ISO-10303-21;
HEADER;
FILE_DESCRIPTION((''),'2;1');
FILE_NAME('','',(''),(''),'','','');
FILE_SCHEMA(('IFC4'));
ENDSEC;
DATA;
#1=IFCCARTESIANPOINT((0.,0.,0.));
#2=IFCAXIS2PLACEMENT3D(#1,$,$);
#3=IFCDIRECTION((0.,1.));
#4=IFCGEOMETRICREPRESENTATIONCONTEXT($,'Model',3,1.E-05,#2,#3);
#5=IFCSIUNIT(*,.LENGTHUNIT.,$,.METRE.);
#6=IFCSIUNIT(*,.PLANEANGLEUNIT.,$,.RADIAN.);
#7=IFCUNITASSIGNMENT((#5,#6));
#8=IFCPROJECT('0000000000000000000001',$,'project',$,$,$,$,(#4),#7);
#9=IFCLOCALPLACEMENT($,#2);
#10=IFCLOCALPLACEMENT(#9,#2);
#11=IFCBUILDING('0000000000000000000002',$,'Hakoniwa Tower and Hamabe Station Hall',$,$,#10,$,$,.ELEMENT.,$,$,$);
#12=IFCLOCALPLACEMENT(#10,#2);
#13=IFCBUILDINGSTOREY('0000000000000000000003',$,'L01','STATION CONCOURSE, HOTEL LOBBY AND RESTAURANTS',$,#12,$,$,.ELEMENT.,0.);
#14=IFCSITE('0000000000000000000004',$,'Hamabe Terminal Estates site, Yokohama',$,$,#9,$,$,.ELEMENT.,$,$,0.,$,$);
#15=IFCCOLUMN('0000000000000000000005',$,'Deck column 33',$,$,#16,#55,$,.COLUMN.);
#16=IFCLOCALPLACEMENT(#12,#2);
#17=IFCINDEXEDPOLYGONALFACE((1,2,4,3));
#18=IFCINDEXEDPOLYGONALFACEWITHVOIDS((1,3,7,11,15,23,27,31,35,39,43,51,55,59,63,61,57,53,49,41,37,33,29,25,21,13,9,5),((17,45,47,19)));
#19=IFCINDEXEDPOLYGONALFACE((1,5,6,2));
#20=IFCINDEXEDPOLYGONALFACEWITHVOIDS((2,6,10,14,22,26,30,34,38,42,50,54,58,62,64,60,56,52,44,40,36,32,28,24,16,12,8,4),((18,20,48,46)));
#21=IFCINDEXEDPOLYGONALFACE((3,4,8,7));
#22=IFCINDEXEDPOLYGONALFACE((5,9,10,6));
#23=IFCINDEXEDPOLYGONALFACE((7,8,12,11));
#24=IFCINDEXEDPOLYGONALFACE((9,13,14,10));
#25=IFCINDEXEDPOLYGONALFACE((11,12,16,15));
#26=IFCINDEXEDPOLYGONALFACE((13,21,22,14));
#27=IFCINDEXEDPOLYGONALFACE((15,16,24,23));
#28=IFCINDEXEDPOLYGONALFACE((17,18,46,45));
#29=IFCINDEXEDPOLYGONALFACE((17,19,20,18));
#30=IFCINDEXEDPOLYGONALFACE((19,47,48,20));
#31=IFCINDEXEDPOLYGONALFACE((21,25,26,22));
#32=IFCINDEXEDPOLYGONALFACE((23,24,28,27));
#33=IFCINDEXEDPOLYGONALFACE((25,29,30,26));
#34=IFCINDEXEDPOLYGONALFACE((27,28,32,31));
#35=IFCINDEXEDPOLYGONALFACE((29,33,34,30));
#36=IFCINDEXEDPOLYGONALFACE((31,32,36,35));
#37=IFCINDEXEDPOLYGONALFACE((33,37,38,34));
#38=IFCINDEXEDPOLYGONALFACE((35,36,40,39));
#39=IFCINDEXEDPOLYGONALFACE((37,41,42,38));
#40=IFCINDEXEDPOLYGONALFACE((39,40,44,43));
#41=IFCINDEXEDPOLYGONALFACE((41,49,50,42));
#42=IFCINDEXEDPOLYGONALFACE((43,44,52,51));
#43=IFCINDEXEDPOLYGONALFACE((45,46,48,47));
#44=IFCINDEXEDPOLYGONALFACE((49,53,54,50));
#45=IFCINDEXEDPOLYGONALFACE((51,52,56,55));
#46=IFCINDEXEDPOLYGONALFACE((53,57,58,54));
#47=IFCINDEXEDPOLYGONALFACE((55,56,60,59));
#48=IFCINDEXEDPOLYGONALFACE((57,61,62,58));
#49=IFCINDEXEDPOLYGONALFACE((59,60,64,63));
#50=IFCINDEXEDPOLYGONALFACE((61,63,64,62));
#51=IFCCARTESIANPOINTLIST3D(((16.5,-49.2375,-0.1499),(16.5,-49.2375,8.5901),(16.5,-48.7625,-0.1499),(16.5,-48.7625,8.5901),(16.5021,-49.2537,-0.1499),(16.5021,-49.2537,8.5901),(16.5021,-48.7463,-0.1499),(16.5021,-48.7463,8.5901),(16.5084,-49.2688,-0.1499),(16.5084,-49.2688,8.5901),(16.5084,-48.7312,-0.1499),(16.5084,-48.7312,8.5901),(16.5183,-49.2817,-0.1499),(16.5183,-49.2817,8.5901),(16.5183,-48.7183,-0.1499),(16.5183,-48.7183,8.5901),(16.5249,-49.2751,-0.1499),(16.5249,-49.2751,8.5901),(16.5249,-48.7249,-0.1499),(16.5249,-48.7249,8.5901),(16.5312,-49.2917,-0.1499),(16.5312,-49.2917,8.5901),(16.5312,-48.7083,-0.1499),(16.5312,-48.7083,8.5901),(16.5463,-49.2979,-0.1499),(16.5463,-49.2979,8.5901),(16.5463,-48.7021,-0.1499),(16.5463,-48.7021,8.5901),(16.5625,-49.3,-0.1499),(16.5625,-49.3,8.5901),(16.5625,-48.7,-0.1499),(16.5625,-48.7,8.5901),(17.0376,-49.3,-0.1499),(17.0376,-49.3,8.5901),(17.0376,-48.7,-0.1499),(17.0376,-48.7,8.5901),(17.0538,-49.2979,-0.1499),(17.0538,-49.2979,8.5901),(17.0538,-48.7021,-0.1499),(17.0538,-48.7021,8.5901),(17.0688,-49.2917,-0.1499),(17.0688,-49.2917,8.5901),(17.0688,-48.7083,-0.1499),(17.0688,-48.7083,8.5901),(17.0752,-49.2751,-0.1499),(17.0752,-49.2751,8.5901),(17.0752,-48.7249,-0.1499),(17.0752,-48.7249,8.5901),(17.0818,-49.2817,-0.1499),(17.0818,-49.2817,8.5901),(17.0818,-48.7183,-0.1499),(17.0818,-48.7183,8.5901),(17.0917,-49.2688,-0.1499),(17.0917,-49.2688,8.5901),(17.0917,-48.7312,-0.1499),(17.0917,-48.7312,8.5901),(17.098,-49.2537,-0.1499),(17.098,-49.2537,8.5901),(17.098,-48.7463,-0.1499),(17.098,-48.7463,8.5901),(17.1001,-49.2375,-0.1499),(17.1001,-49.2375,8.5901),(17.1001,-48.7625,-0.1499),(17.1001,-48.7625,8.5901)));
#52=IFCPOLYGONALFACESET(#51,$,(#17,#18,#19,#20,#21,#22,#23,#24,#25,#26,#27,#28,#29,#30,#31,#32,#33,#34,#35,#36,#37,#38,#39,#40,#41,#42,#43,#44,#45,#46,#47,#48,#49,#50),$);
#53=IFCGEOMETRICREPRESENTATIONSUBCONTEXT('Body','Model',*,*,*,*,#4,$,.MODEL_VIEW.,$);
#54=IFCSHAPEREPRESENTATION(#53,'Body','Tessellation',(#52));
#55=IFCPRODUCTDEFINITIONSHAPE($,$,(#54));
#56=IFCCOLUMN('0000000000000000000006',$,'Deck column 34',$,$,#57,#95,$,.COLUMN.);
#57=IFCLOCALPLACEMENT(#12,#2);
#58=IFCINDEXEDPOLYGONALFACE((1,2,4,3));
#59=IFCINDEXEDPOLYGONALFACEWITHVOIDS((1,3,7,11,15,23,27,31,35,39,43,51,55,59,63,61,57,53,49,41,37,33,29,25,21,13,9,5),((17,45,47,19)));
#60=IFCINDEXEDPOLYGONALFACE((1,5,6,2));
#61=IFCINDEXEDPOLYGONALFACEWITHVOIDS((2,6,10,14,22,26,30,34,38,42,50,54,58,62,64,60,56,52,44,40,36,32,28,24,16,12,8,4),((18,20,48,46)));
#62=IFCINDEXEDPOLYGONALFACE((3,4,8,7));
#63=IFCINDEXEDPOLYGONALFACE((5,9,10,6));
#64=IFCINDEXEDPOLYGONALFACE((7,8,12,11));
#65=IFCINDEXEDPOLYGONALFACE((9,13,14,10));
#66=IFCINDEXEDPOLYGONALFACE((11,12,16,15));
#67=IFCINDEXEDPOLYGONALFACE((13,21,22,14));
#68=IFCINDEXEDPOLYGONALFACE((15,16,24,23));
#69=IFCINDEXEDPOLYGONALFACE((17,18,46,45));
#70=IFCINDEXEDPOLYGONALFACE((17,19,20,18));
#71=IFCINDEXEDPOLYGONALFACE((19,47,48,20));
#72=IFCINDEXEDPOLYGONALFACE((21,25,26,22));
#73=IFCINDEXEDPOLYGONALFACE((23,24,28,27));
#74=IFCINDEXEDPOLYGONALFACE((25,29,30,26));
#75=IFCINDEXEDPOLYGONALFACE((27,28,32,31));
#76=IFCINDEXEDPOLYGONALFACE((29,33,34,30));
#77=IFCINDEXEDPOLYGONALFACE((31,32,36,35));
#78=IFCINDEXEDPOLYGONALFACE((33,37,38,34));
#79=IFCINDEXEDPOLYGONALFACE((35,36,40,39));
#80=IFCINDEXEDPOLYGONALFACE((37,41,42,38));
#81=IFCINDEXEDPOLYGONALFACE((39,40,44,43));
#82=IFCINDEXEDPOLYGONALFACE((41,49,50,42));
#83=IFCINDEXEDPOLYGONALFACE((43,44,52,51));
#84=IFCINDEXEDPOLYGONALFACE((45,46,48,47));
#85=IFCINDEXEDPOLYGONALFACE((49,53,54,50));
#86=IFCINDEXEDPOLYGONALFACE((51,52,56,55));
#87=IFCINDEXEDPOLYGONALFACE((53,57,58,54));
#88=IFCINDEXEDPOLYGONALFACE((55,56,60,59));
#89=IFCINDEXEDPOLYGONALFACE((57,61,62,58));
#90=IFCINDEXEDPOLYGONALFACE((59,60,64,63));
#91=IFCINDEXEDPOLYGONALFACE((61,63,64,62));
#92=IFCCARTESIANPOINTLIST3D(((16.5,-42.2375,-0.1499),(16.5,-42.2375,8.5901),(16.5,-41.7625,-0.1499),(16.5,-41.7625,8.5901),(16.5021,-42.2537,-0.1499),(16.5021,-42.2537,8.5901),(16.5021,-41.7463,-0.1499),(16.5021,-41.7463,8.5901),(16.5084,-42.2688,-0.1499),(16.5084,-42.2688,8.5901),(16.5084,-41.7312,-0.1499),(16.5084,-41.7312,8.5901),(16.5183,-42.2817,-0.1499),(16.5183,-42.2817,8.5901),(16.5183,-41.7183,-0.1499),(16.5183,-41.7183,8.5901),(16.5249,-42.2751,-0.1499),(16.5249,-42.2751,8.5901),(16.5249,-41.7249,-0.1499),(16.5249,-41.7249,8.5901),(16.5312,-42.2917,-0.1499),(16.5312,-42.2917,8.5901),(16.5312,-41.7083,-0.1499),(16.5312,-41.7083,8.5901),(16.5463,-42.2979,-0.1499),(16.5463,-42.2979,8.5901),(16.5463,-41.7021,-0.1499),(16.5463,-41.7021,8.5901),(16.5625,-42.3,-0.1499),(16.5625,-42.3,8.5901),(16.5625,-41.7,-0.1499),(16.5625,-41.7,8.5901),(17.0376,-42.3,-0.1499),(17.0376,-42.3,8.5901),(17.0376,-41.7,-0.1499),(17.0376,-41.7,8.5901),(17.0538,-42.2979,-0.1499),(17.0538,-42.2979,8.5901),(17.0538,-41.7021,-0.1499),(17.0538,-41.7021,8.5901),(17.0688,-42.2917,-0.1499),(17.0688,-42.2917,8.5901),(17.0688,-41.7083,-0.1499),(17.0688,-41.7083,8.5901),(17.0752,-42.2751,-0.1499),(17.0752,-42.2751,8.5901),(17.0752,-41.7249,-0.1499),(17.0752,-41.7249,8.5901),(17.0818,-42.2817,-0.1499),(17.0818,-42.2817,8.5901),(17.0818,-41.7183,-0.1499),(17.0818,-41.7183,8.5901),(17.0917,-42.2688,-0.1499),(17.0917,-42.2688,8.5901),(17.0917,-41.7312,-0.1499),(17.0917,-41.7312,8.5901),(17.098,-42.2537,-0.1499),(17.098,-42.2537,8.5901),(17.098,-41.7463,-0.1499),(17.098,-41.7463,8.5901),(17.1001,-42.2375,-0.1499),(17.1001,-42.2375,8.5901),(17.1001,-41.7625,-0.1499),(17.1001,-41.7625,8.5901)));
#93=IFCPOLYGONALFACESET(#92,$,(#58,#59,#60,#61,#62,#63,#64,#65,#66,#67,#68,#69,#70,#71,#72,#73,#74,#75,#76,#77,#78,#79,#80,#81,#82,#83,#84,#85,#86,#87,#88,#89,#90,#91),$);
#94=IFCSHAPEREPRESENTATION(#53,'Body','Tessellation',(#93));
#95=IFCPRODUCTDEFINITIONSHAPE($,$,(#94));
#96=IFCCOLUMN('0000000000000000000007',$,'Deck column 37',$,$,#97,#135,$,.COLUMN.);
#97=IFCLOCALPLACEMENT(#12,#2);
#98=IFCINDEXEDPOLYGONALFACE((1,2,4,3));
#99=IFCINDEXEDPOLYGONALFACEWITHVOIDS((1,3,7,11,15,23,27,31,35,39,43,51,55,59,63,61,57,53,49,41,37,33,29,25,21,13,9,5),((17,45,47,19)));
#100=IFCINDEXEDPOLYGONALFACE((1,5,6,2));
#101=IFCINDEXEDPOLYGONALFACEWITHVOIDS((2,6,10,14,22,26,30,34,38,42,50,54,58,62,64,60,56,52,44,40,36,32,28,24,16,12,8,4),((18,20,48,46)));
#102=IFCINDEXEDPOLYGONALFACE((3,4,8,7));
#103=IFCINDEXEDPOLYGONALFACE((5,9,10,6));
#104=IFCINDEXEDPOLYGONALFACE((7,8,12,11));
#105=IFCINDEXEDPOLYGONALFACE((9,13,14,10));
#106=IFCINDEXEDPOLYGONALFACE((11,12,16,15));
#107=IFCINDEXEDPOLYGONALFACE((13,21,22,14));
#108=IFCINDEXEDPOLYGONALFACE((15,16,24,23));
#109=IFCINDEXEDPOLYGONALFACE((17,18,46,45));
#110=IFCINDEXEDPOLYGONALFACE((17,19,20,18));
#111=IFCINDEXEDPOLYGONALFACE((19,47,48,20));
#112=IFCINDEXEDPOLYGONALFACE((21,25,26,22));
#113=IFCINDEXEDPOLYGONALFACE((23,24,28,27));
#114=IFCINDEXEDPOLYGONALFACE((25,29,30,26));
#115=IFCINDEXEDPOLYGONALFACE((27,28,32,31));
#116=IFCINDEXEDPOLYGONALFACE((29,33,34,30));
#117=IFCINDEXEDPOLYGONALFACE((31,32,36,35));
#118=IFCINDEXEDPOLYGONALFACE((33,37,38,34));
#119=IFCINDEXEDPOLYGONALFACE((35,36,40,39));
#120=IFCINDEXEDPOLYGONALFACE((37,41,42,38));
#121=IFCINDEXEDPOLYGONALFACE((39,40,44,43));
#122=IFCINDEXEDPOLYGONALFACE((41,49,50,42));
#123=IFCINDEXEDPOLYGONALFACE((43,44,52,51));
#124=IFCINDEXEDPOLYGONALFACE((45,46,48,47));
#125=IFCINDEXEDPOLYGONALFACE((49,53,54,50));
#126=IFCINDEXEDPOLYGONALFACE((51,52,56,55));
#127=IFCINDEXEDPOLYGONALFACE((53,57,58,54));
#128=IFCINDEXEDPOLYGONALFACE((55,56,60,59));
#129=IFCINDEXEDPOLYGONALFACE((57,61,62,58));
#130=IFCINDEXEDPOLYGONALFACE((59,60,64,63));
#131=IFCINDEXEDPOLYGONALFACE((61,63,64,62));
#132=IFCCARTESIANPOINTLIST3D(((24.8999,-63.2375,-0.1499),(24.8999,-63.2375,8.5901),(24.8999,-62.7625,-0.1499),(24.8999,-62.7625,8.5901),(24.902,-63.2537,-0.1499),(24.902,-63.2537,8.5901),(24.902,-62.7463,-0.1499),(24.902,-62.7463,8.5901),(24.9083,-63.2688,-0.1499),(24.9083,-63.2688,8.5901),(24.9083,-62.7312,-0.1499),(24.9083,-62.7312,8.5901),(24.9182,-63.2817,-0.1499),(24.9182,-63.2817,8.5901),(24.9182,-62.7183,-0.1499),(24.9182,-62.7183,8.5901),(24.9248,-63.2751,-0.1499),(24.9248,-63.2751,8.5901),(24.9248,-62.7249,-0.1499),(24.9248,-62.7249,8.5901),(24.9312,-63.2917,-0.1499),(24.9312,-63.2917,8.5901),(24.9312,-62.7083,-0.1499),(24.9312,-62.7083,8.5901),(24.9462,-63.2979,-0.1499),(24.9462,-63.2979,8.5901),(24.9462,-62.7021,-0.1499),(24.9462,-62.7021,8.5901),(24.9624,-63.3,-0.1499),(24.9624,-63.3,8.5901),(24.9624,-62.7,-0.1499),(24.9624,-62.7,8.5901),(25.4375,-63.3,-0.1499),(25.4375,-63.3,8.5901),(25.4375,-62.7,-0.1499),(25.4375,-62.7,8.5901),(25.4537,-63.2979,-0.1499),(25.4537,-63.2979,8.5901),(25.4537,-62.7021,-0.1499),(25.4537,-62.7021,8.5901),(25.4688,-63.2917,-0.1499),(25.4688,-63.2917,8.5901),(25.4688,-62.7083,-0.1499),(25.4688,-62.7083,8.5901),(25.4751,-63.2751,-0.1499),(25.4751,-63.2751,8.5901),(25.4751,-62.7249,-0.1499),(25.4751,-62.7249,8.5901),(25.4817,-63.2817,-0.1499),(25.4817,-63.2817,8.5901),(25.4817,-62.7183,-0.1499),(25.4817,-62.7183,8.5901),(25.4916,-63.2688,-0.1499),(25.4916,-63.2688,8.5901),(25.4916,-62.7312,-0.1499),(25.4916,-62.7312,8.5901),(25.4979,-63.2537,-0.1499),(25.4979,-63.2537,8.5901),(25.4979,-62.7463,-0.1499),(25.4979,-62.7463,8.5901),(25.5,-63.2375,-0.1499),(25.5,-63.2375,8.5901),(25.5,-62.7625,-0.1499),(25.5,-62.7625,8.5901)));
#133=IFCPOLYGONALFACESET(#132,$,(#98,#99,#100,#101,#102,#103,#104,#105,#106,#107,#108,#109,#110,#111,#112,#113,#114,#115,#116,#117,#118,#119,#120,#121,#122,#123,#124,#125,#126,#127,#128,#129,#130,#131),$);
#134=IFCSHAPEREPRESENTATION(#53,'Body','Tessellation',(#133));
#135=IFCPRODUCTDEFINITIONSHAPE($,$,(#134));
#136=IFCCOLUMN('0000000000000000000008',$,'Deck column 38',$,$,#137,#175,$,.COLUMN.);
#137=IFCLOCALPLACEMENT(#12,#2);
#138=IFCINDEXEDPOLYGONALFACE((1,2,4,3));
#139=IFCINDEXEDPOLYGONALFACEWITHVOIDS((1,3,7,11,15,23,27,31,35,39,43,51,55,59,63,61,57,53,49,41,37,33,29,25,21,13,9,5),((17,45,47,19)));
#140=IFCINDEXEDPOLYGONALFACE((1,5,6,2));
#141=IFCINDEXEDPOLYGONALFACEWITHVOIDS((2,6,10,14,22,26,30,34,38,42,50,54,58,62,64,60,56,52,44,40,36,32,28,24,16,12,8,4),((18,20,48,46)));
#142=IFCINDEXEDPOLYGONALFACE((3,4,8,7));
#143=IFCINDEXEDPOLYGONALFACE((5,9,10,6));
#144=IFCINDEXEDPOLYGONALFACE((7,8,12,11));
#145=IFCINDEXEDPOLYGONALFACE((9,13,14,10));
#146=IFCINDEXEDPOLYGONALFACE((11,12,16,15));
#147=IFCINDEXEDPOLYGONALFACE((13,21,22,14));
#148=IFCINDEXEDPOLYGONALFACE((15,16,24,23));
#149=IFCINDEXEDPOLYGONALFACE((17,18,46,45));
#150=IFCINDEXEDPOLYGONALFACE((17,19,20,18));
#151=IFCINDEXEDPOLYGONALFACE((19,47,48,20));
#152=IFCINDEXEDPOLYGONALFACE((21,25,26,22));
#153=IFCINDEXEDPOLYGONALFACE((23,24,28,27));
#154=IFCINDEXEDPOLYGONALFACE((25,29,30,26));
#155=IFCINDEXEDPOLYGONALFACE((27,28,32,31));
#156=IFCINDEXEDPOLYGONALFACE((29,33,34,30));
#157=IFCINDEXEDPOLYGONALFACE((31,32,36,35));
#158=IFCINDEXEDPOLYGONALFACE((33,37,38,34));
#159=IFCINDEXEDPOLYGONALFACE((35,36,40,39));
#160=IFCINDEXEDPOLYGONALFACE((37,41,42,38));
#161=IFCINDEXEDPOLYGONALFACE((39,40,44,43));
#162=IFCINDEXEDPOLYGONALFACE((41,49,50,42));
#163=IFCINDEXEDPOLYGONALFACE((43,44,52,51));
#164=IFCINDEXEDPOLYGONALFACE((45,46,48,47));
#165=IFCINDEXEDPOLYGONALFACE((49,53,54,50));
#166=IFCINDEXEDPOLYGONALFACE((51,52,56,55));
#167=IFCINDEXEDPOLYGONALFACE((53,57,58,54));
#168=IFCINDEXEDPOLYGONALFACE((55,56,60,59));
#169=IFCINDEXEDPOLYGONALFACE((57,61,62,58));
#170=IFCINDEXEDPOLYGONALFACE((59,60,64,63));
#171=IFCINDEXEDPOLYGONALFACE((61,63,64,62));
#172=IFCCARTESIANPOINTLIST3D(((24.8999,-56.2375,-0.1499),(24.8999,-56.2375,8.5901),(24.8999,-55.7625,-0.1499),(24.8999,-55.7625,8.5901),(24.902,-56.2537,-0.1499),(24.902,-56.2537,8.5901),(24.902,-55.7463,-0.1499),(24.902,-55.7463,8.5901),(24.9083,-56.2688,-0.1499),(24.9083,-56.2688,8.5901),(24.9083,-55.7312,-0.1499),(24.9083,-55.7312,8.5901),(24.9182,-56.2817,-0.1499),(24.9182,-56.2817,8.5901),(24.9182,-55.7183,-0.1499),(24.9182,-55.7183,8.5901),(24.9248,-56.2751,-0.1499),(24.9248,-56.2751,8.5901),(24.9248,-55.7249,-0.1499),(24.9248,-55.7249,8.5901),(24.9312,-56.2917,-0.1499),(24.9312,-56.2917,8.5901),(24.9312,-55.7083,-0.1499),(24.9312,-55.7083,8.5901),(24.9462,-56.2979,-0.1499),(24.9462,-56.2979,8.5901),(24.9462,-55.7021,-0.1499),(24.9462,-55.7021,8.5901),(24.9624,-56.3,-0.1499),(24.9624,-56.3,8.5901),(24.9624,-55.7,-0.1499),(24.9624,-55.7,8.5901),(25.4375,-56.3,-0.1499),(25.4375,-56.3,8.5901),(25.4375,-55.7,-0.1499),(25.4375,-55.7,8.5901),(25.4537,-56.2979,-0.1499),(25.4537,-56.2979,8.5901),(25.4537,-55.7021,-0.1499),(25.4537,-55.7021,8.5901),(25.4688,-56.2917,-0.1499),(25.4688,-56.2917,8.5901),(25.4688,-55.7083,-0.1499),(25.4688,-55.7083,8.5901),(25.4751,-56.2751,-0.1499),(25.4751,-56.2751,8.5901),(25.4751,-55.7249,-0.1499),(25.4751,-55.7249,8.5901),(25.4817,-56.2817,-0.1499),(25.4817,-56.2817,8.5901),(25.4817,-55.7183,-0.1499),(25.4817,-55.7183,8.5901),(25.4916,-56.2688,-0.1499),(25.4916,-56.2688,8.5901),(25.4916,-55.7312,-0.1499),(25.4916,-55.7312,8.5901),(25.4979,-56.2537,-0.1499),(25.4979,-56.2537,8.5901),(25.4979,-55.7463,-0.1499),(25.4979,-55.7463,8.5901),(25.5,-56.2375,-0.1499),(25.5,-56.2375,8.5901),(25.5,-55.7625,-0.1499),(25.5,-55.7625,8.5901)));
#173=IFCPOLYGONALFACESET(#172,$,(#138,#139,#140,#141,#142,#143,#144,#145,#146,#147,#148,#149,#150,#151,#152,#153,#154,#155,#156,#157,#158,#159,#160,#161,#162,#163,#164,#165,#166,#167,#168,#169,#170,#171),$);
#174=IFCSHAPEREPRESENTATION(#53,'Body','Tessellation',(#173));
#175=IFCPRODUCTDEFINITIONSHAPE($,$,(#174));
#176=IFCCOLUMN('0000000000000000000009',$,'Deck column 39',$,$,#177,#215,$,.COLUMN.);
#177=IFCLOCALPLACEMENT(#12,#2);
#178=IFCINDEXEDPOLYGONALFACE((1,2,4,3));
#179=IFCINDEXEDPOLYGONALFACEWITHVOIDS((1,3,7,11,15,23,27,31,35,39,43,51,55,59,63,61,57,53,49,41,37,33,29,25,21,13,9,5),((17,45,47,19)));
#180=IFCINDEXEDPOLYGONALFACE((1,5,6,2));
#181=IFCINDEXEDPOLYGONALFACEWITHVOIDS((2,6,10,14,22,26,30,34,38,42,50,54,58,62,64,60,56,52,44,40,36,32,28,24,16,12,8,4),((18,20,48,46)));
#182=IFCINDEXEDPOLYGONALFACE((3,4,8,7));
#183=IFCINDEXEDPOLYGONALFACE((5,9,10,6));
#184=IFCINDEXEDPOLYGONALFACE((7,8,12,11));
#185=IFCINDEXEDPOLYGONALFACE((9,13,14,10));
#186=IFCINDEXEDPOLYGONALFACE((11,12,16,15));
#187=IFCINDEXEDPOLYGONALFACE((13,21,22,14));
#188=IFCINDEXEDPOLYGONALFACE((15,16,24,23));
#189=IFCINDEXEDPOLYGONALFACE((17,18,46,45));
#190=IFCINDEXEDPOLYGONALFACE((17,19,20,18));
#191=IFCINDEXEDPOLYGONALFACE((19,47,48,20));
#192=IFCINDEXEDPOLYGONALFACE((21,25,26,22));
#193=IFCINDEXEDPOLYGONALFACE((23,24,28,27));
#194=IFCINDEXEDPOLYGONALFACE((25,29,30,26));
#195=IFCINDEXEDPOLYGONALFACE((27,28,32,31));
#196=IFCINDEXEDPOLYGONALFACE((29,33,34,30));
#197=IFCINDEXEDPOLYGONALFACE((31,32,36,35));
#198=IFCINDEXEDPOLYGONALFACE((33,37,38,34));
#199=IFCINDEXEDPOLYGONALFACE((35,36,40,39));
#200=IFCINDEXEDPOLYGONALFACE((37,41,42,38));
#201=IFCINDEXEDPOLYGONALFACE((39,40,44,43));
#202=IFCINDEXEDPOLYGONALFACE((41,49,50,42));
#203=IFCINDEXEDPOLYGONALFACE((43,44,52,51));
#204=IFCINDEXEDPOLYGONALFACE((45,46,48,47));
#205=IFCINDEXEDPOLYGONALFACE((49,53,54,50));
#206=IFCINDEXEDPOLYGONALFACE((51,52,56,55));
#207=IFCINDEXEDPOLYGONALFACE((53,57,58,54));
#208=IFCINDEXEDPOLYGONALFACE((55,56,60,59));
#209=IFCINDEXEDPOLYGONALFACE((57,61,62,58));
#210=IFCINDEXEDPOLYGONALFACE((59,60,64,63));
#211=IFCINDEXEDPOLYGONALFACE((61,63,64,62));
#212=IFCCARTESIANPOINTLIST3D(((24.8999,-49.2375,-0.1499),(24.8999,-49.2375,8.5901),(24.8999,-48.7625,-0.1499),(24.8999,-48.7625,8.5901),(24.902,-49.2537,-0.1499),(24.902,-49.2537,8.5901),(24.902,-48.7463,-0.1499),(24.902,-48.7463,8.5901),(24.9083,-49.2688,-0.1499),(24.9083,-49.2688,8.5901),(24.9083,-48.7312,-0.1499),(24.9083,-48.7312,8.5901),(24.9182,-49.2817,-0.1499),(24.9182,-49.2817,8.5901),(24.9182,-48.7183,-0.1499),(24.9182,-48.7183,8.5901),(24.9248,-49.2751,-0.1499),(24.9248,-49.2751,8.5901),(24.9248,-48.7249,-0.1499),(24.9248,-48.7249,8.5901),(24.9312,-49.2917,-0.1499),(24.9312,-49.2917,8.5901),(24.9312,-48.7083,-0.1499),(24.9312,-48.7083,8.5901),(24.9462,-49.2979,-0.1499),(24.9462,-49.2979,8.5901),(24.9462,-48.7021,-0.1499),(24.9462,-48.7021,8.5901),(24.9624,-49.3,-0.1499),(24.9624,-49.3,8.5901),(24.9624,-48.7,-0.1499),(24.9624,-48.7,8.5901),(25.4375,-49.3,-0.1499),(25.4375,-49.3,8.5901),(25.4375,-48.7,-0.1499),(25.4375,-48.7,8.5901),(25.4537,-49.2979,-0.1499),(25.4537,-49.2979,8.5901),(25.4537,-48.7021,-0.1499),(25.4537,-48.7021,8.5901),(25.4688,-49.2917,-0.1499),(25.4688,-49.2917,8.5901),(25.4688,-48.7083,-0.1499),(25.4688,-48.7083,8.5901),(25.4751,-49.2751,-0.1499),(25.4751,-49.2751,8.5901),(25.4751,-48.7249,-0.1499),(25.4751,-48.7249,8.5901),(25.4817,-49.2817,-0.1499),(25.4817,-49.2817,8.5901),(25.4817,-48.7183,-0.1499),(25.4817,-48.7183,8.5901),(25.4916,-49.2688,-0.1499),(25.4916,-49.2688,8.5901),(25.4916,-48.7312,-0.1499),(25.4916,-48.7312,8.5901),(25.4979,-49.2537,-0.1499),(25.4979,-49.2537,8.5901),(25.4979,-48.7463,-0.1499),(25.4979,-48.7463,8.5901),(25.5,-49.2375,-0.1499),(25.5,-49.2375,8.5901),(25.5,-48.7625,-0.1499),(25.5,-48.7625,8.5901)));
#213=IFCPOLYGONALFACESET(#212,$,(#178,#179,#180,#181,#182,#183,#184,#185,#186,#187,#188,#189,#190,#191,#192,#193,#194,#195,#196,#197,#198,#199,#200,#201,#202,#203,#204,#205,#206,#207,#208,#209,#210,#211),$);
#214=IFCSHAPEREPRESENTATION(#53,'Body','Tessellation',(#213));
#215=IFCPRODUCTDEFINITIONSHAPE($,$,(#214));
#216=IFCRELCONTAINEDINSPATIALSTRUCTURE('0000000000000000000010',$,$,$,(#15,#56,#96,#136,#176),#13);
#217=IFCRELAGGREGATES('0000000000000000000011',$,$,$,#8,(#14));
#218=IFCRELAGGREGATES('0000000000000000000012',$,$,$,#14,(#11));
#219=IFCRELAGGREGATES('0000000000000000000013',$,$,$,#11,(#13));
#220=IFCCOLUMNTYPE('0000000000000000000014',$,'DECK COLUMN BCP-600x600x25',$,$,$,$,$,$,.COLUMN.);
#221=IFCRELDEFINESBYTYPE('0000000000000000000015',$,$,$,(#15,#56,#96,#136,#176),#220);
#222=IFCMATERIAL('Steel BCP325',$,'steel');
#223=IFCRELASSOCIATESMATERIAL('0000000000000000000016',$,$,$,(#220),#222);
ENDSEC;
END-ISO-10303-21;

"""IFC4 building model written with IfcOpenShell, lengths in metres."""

from ifc_helpers import new_model, si_unit, direction, frame, origin, origin_2d, place, context, subcontext, project, spatial, hollow_rectangle, extrude, material, material_profile, profile_set, type_object, element, save


model = new_model("IFC4")

# Units and contexts
model_context = context("Model", 3, precision=1e-05, world=origin(), true_north=direction((0.0, 1.0)))
body_context = subcontext(model_context, "Body", "Model", "MODEL_VIEW")
ifc_project = project(units=[si_unit("LENGTHUNIT", "METRE"), si_unit("PLANEANGLEUNIT", "RADIAN")], contexts=[model_context])

# Site, building, storey
site_placement = place(None, origin())
site = spatial("IfcSite", under=ifc_project, at=site_placement, Name="Hamabe Terminal Estates site, Yokohama", CompositionType="ELEMENT", RefElevation=0.0)
building_placement = place(site_placement, origin())
building = spatial("IfcBuilding", under=site, at=building_placement, Name="Hakoniwa Tower and Hamabe Station Hall", CompositionType="ELEMENT")
storey_placement = place(building_placement, origin())
storey = spatial("IfcBuildingStorey", under=building, at=storey_placement, Name="L01", Description="STATION CONCOURSE, HOTEL LOBBY AND RESTAURANTS", CompositionType="ELEMENT", Elevation=0.0)

# Columns
ifc_material_1 = material(Name="Steel BCP325", Category="steel")
ifc_material_profile_1 = material_profile(ifc_material_1, hollow_rectangle(XDim=0.6001, YDim=0.6001, WallThickness=0.0249, OuterFilletRadius=0.0625, at=origin_2d()), Name="DECK COLUMN BCP-600x600x25")
ifc_profile_set_1 = profile_set([ifc_material_profile_1], Name="Steel BCP325")
column_type = type_object("IfcColumnType", Name="DECK COLUMN BCP-600x600x25", PredefinedType="COLUMN", material=ifc_profile_set_1)
for number, where, z_axis, x_axis, name in (
    (1, (16.8, -49.0, -0.1499), (0.0, 0.0, 1.0), (1.0, 0.0, 0.0), "Deck column 33"),
    (2, (16.8, -42.0, -0.1499), (0.0, 0.0, 1.0), (1.0, 0.0, 0.0), "Deck column 34"),
    (3, (25.2, -63.0, -0.1499), (0.0, 0.0, 1.0), (1.0, 0.0, 0.0), "Deck column 37"),
    (4, (25.2, -56.0, -0.1499), (0.0, 0.0, 1.0), (1.0, 0.0, 0.0), "Deck column 38"),
    (5, (25.2, -49.0, -0.1499), (0.0, 0.0, 1.0), (1.0, 0.0, 0.0), "Deck column 39"),
):
    element("IfcColumn", number, at=place(storey_placement, frame(where, z_axis=z_axis, x_axis=x_axis)), inside=storey, type_object=column_type, Name=name, PredefinedType="COLUMN", context=body_context, shape_type="SweptSolid", body=[
        extrude(hollow_rectangle(XDim=0.6001, YDim=0.6001, WallThickness=0.0249, OuterFilletRadius=0.0625, at=origin_2d()), origin(), (0.0, 0.0, 1.0), 8.74),
    ])

save(model, "model.ifc")
